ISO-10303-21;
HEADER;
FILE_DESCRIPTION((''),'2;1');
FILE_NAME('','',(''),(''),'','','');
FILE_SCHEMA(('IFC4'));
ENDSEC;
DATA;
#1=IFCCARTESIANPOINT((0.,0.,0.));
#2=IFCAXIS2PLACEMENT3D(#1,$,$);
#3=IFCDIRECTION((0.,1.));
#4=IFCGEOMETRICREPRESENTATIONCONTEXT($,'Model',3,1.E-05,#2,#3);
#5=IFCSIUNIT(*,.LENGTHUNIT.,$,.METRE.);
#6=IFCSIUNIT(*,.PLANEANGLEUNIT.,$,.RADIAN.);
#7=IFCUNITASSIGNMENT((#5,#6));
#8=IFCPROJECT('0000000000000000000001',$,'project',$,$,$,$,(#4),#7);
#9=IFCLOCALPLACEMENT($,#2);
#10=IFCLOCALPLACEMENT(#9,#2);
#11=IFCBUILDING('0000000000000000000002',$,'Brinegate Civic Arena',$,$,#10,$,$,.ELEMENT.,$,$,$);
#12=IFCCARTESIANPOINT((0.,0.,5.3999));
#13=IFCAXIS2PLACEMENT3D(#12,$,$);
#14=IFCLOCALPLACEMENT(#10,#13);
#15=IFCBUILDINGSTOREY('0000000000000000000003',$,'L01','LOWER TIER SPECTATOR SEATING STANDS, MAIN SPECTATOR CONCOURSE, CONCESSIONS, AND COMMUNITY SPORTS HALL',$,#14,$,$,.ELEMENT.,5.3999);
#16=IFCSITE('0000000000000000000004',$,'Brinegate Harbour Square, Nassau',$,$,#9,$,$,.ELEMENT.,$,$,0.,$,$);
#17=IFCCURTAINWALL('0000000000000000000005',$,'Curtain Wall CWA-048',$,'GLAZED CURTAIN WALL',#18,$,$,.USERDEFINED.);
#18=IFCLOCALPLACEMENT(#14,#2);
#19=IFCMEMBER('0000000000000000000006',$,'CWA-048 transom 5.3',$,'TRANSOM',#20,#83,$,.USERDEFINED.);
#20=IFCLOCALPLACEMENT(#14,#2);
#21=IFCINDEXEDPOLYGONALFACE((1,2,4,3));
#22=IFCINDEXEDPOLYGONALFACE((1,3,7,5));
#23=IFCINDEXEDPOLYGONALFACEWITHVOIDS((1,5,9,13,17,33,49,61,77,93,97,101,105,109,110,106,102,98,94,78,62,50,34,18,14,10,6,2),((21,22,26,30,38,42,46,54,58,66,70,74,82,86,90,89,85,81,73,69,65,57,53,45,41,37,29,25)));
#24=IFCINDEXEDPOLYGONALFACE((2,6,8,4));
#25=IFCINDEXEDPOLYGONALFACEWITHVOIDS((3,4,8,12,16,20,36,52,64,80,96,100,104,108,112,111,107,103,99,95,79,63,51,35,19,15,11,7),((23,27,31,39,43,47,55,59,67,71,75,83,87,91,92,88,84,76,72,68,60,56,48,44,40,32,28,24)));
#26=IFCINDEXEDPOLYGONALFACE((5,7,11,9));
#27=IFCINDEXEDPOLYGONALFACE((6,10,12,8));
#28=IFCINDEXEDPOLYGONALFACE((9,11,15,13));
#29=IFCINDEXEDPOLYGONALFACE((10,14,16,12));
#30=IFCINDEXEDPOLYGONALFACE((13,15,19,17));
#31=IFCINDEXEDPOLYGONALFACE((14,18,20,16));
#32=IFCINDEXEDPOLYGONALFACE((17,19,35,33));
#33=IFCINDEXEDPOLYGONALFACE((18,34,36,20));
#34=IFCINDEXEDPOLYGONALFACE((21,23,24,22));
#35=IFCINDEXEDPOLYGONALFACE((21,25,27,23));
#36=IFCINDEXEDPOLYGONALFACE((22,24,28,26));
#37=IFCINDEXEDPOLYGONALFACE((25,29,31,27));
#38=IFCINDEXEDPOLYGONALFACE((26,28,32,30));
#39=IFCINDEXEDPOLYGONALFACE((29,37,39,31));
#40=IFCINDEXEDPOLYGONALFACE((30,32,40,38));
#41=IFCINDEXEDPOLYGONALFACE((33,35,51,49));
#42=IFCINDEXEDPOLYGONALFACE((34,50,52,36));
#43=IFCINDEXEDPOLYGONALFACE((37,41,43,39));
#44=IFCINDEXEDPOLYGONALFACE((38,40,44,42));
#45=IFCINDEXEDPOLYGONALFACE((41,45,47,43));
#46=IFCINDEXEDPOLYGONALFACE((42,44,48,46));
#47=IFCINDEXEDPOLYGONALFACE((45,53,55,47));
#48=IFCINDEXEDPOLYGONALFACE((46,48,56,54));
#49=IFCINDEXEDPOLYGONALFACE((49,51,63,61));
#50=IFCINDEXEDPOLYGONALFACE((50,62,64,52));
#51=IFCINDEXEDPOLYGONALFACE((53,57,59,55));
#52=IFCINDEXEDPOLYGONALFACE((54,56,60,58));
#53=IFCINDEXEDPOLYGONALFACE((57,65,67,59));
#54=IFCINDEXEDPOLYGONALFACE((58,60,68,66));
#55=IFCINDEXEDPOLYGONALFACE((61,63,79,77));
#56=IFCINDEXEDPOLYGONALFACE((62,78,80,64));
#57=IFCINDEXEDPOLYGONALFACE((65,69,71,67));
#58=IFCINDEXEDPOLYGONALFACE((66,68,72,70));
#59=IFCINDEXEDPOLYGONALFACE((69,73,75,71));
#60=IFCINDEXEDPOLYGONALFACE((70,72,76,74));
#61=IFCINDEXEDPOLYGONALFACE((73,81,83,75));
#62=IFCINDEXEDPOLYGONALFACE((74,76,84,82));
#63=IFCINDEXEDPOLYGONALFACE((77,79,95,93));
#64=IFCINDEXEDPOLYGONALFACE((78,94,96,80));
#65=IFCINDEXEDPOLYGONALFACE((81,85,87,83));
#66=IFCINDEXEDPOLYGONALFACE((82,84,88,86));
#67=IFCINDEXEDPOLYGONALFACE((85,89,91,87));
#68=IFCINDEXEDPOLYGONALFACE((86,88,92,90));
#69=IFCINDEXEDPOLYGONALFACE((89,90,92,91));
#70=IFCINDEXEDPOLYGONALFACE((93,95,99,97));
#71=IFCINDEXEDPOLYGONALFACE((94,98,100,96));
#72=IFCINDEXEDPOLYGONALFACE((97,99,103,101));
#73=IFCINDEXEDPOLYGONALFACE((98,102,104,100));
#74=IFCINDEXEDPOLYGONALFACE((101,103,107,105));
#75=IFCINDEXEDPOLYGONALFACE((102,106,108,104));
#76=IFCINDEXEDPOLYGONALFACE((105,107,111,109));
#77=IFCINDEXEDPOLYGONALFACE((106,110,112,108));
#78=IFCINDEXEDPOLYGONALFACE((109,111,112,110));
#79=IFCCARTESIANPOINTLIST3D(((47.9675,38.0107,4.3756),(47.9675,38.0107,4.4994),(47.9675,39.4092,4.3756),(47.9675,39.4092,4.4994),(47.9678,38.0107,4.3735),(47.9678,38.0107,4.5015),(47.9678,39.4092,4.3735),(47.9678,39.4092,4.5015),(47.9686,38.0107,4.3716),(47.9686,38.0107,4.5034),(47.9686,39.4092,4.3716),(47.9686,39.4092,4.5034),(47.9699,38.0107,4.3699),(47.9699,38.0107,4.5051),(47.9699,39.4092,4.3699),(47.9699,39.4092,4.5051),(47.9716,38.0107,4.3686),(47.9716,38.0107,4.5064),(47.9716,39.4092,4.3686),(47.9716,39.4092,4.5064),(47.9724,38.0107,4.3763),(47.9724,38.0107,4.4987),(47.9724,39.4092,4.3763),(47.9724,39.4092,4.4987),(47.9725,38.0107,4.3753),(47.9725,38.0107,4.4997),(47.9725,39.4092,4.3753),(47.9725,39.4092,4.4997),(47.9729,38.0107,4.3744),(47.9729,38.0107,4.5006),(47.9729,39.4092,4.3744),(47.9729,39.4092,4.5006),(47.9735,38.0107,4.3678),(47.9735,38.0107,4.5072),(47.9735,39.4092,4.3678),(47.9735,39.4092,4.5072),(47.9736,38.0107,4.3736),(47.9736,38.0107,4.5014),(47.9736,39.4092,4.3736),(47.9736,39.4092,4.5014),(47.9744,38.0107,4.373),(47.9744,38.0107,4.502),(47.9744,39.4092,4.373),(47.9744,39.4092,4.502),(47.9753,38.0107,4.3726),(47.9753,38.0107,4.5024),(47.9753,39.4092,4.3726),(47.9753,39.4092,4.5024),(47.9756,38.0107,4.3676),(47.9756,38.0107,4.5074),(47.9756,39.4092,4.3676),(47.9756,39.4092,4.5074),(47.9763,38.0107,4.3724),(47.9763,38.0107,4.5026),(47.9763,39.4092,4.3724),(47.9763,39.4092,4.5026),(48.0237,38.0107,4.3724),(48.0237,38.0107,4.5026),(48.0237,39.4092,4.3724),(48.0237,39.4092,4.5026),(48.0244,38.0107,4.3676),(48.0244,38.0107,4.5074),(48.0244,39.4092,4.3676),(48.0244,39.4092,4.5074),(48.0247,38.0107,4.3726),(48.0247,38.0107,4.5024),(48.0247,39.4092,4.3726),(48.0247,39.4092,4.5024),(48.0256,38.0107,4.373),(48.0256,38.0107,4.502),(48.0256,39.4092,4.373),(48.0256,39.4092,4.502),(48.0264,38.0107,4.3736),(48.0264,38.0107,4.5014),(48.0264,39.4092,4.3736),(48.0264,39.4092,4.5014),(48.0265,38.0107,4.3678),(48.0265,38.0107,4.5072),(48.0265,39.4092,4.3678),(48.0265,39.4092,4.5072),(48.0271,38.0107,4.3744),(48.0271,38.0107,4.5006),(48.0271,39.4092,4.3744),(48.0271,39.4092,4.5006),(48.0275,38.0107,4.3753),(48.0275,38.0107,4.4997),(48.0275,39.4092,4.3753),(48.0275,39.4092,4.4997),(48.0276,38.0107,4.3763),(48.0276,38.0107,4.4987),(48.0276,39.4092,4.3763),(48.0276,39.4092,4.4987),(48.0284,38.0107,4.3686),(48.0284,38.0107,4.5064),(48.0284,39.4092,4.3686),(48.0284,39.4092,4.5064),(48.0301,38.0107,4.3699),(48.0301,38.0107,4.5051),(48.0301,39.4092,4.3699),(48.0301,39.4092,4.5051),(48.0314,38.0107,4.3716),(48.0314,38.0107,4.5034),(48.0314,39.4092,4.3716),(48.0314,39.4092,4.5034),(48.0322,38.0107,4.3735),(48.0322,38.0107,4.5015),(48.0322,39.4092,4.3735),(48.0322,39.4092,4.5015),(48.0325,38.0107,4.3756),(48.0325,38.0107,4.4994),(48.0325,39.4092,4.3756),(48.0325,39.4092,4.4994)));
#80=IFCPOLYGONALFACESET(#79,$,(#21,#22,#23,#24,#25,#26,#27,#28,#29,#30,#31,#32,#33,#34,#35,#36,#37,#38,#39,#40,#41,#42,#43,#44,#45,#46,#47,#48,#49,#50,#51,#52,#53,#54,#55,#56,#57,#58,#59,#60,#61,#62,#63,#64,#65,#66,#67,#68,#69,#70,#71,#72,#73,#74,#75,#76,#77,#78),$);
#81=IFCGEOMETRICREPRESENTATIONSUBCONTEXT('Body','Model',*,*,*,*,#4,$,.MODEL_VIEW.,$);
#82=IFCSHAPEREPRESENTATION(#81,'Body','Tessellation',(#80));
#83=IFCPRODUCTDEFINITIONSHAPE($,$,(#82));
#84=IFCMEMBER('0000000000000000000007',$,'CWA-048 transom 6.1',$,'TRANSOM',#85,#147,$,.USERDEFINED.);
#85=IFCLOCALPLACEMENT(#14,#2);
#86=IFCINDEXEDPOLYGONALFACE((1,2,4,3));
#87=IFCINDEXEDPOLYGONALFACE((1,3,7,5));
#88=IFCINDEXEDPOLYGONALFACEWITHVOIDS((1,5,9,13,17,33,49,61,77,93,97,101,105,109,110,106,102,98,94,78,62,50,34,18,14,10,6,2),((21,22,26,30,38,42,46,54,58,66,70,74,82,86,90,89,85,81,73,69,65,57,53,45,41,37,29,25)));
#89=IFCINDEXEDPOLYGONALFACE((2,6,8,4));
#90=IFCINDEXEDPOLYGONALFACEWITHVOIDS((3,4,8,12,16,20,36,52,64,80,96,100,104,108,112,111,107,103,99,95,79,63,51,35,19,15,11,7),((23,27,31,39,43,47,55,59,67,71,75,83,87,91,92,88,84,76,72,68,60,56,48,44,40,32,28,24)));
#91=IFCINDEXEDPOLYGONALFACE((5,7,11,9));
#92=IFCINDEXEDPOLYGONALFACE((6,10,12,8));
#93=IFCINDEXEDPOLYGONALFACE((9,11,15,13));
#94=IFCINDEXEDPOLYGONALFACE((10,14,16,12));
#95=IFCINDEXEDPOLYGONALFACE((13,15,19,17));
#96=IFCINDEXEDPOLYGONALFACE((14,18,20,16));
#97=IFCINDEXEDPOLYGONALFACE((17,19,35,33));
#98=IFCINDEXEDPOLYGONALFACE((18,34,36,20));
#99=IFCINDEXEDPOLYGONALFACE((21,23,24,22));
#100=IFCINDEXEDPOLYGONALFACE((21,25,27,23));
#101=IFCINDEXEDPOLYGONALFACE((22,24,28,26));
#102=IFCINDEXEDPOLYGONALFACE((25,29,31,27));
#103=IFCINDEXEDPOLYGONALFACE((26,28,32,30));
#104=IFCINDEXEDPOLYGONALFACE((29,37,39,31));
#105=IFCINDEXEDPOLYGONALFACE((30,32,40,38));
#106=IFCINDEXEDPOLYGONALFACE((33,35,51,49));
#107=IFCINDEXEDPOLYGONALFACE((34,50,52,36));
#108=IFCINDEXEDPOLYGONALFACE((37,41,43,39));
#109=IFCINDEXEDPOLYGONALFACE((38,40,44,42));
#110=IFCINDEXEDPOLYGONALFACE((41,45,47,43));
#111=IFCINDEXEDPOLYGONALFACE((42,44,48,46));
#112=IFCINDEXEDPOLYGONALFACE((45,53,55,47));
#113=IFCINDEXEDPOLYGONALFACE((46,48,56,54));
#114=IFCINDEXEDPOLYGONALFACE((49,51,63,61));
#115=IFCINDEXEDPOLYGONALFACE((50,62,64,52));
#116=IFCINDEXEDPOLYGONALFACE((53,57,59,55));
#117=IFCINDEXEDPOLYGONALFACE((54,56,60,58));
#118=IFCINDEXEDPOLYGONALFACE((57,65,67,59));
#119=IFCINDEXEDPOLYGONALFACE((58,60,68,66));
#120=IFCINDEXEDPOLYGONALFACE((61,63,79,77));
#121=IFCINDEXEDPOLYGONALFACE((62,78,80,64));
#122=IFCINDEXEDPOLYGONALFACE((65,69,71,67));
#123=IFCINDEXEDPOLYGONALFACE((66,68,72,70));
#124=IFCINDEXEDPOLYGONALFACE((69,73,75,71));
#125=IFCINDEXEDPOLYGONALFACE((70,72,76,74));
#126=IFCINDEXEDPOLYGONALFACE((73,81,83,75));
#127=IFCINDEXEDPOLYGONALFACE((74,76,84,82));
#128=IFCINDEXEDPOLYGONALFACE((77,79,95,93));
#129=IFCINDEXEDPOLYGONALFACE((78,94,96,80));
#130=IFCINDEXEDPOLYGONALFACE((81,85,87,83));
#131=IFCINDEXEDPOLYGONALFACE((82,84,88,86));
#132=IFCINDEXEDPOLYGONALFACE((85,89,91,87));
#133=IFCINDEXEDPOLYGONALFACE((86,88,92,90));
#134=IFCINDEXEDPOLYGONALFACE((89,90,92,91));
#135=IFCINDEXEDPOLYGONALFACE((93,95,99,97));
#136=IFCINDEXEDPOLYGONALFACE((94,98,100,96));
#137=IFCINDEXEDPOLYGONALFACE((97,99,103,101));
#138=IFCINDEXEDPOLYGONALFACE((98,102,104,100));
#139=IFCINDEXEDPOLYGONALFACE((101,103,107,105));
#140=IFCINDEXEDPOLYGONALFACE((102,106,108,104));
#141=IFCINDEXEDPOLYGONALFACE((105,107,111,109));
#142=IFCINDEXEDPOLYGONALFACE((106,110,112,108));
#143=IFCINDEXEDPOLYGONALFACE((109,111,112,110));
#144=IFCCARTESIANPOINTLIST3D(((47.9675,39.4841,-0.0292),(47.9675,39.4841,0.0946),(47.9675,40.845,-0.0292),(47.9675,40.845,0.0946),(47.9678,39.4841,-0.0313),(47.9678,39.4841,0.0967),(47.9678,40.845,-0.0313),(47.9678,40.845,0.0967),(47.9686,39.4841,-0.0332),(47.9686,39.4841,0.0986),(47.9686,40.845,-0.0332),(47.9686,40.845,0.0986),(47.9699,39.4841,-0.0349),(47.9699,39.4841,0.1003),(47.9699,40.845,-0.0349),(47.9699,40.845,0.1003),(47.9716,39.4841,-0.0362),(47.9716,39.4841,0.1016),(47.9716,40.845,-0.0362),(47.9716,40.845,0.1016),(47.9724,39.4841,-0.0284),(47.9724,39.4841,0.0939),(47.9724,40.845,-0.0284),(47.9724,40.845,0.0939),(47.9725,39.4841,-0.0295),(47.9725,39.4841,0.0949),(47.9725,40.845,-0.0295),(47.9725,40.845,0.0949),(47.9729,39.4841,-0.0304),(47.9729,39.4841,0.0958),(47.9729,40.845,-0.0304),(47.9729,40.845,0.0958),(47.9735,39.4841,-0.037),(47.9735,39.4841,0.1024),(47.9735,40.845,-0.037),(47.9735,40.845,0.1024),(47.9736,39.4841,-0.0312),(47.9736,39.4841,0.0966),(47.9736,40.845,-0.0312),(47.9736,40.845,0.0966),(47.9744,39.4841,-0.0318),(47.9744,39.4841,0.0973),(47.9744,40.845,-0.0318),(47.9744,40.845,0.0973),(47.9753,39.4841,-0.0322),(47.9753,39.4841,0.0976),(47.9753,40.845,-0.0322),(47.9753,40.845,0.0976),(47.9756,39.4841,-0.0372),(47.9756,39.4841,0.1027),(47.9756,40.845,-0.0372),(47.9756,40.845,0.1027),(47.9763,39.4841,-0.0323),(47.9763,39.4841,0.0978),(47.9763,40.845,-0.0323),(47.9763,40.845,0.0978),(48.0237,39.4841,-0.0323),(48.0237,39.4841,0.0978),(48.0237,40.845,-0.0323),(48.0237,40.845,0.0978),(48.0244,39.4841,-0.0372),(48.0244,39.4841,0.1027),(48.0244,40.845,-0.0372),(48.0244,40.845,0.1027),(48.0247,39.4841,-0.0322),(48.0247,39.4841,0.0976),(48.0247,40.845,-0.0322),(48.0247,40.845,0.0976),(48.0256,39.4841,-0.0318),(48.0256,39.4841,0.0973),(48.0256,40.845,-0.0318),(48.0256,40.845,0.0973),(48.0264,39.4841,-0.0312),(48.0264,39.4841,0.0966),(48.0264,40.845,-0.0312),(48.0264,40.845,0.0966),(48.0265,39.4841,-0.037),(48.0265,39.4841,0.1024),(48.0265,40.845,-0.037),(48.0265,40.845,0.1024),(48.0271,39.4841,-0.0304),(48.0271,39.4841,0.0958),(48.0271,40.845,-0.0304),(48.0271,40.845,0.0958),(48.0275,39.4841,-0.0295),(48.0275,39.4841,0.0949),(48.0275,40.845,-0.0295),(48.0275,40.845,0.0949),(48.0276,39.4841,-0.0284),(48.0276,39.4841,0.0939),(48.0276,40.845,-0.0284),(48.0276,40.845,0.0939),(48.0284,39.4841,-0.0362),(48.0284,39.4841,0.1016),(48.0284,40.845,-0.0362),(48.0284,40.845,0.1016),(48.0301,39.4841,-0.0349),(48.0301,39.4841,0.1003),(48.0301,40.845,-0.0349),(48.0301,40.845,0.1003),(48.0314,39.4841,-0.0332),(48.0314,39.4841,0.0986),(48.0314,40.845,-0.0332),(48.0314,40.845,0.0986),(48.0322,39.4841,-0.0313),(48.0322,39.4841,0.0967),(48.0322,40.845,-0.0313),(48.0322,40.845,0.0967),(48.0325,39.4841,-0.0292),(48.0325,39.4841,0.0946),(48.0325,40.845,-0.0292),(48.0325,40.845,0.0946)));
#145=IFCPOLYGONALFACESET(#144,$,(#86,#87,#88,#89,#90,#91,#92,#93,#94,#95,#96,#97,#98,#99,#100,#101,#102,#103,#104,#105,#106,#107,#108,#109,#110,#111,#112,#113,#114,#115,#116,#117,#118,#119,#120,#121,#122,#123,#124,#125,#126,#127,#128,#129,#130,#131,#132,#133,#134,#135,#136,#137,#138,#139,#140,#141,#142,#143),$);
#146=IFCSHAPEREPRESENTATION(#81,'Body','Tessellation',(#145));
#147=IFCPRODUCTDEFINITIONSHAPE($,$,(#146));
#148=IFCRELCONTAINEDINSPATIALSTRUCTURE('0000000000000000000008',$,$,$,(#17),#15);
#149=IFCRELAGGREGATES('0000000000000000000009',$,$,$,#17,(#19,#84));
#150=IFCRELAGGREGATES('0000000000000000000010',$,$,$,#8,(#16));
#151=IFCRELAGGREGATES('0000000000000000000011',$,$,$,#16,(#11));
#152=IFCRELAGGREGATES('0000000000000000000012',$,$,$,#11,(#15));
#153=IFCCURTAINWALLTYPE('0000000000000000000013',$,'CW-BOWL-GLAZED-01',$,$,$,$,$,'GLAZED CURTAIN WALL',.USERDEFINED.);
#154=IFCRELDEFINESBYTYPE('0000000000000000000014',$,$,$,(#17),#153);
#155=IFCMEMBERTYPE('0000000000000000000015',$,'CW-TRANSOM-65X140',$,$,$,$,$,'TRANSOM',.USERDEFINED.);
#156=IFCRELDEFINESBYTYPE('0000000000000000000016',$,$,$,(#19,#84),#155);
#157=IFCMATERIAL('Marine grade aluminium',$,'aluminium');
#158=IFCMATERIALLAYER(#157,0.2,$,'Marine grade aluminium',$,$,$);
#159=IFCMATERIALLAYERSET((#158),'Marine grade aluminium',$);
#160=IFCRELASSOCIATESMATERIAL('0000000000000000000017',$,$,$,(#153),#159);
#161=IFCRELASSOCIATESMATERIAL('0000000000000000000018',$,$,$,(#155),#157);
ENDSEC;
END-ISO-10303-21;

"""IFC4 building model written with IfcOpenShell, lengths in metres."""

from ifc_helpers import new_model, si_unit, direction, frame, origin, origin_2d, place, context, subcontext, project, spatial, hollow_rectangle, extrude, material, layer, layer_set, material_profile, profile_set, type_object, element, aggregate, save


model = new_model("IFC4")

# Units and contexts
model_context = context("Model", 3, precision=1e-05, world=origin(), true_north=direction((0.0, 1.0)))
body_context = subcontext(model_context, "Body", "Model", "MODEL_VIEW")
ifc_project = project(units=[si_unit("LENGTHUNIT", "METRE"), si_unit("PLANEANGLEUNIT", "RADIAN")], contexts=[model_context])

# Site, building, storey
site_placement = place(None, origin())
site = spatial("IfcSite", under=ifc_project, at=site_placement, Name="Brinegate Harbour Square, Nassau", CompositionType="ELEMENT", RefElevation=0.0)
building_placement = place(site_placement, origin())
building = spatial("IfcBuilding", under=site, at=building_placement, Name="Brinegate Civic Arena", CompositionType="ELEMENT")
storey_placement = place(building_placement, frame((0.0, 0.0, 5.3999)))
storey = spatial("IfcBuildingStorey", under=building, at=storey_placement, Name="L01", Description="LOWER TIER SPECTATOR SEATING STANDS, MAIN SPECTATOR CONCOURSE, CONCESSIONS, AND COMMUNITY SPORTS HALL", CompositionType="ELEMENT", Elevation=5.3999)

# Curtain wall, members
ifc_material_1 = material(Name="Marine grade aluminium", Category="aluminium")
ifc_layer_1 = layer(ifc_material_1, 0.2, Name="Marine grade aluminium")
ifc_layer_set_1 = layer_set([ifc_layer_1], Name="Marine grade aluminium")
curtain_wall_type = type_object("IfcCurtainWallType", Name="CW-BOWL-GLAZED-01", ElementType="GLAZED CURTAIN WALL", PredefinedType="USERDEFINED", material=ifc_layer_set_1)
curtain_wall_placement = place(storey_placement, origin())
curtain_wall = element("IfcCurtainWall", 1, at=curtain_wall_placement, inside=storey, type_object=curtain_wall_type, Name="Curtain Wall CWA-048", ObjectType="GLAZED CURTAIN WALL", PredefinedType="USERDEFINED")
ifc_material_profile_1 = material_profile(ifc_material_1, hollow_rectangle(XDim=0.0649, YDim=0.1399, WallThickness=0.0049, InnerFilletRadius=0.0039, OuterFilletRadius=0.0081, at=origin_2d()), Name="TRN65X140")
ifc_profile_set_1 = profile_set([ifc_material_profile_1], Name="Marine grade aluminium")
member_type_1 = type_object("IfcMemberType", Name="CW-TRANSOM-65X140", ElementType="TRANSOM", PredefinedType="USERDEFINED", material=ifc_profile_set_1)
member_1_placement = place(storey_placement, frame((48.0, 38.0107, 4.4375), z_axis=(0.0, 1.0, 0.0), x_axis=(-1.0, 0.0, 0.0)))
member_1 = element("IfcMember", 2, at=member_1_placement, type_object=member_type_1, Name="CWA-048 transom 5.3", ObjectType="TRANSOM", PredefinedType="USERDEFINED", context=body_context, shape_type="SweptSolid", body=[
    extrude(hollow_rectangle(XDim=0.0649, YDim=0.1399, WallThickness=0.0049, InnerFilletRadius=0.0039, OuterFilletRadius=0.0081, at=origin_2d()), origin(), (0.0, 0.0, 1.0), 1.3984),
])
member_2_placement = place(storey_placement, frame((48.0, 39.4841, 0.0327), z_axis=(0.0, 1.0, 0.0), x_axis=(-1.0, 0.0, 0.0)))
member_2 = element("IfcMember", 3, at=member_2_placement, type_object=member_type_1, Name="CWA-048 transom 6.1", ObjectType="TRANSOM", PredefinedType="USERDEFINED", context=body_context, shape_type="SweptSolid", body=[
    extrude(hollow_rectangle(XDim=0.0649, YDim=0.1399, WallThickness=0.0049, InnerFilletRadius=0.0039, OuterFilletRadius=0.0081, at=origin_2d()), origin(), (0.0, 0.0, 1.0), 1.3608),
])
aggregate(curtain_wall, [member_1, member_2])

save(model, "model.ifc")
